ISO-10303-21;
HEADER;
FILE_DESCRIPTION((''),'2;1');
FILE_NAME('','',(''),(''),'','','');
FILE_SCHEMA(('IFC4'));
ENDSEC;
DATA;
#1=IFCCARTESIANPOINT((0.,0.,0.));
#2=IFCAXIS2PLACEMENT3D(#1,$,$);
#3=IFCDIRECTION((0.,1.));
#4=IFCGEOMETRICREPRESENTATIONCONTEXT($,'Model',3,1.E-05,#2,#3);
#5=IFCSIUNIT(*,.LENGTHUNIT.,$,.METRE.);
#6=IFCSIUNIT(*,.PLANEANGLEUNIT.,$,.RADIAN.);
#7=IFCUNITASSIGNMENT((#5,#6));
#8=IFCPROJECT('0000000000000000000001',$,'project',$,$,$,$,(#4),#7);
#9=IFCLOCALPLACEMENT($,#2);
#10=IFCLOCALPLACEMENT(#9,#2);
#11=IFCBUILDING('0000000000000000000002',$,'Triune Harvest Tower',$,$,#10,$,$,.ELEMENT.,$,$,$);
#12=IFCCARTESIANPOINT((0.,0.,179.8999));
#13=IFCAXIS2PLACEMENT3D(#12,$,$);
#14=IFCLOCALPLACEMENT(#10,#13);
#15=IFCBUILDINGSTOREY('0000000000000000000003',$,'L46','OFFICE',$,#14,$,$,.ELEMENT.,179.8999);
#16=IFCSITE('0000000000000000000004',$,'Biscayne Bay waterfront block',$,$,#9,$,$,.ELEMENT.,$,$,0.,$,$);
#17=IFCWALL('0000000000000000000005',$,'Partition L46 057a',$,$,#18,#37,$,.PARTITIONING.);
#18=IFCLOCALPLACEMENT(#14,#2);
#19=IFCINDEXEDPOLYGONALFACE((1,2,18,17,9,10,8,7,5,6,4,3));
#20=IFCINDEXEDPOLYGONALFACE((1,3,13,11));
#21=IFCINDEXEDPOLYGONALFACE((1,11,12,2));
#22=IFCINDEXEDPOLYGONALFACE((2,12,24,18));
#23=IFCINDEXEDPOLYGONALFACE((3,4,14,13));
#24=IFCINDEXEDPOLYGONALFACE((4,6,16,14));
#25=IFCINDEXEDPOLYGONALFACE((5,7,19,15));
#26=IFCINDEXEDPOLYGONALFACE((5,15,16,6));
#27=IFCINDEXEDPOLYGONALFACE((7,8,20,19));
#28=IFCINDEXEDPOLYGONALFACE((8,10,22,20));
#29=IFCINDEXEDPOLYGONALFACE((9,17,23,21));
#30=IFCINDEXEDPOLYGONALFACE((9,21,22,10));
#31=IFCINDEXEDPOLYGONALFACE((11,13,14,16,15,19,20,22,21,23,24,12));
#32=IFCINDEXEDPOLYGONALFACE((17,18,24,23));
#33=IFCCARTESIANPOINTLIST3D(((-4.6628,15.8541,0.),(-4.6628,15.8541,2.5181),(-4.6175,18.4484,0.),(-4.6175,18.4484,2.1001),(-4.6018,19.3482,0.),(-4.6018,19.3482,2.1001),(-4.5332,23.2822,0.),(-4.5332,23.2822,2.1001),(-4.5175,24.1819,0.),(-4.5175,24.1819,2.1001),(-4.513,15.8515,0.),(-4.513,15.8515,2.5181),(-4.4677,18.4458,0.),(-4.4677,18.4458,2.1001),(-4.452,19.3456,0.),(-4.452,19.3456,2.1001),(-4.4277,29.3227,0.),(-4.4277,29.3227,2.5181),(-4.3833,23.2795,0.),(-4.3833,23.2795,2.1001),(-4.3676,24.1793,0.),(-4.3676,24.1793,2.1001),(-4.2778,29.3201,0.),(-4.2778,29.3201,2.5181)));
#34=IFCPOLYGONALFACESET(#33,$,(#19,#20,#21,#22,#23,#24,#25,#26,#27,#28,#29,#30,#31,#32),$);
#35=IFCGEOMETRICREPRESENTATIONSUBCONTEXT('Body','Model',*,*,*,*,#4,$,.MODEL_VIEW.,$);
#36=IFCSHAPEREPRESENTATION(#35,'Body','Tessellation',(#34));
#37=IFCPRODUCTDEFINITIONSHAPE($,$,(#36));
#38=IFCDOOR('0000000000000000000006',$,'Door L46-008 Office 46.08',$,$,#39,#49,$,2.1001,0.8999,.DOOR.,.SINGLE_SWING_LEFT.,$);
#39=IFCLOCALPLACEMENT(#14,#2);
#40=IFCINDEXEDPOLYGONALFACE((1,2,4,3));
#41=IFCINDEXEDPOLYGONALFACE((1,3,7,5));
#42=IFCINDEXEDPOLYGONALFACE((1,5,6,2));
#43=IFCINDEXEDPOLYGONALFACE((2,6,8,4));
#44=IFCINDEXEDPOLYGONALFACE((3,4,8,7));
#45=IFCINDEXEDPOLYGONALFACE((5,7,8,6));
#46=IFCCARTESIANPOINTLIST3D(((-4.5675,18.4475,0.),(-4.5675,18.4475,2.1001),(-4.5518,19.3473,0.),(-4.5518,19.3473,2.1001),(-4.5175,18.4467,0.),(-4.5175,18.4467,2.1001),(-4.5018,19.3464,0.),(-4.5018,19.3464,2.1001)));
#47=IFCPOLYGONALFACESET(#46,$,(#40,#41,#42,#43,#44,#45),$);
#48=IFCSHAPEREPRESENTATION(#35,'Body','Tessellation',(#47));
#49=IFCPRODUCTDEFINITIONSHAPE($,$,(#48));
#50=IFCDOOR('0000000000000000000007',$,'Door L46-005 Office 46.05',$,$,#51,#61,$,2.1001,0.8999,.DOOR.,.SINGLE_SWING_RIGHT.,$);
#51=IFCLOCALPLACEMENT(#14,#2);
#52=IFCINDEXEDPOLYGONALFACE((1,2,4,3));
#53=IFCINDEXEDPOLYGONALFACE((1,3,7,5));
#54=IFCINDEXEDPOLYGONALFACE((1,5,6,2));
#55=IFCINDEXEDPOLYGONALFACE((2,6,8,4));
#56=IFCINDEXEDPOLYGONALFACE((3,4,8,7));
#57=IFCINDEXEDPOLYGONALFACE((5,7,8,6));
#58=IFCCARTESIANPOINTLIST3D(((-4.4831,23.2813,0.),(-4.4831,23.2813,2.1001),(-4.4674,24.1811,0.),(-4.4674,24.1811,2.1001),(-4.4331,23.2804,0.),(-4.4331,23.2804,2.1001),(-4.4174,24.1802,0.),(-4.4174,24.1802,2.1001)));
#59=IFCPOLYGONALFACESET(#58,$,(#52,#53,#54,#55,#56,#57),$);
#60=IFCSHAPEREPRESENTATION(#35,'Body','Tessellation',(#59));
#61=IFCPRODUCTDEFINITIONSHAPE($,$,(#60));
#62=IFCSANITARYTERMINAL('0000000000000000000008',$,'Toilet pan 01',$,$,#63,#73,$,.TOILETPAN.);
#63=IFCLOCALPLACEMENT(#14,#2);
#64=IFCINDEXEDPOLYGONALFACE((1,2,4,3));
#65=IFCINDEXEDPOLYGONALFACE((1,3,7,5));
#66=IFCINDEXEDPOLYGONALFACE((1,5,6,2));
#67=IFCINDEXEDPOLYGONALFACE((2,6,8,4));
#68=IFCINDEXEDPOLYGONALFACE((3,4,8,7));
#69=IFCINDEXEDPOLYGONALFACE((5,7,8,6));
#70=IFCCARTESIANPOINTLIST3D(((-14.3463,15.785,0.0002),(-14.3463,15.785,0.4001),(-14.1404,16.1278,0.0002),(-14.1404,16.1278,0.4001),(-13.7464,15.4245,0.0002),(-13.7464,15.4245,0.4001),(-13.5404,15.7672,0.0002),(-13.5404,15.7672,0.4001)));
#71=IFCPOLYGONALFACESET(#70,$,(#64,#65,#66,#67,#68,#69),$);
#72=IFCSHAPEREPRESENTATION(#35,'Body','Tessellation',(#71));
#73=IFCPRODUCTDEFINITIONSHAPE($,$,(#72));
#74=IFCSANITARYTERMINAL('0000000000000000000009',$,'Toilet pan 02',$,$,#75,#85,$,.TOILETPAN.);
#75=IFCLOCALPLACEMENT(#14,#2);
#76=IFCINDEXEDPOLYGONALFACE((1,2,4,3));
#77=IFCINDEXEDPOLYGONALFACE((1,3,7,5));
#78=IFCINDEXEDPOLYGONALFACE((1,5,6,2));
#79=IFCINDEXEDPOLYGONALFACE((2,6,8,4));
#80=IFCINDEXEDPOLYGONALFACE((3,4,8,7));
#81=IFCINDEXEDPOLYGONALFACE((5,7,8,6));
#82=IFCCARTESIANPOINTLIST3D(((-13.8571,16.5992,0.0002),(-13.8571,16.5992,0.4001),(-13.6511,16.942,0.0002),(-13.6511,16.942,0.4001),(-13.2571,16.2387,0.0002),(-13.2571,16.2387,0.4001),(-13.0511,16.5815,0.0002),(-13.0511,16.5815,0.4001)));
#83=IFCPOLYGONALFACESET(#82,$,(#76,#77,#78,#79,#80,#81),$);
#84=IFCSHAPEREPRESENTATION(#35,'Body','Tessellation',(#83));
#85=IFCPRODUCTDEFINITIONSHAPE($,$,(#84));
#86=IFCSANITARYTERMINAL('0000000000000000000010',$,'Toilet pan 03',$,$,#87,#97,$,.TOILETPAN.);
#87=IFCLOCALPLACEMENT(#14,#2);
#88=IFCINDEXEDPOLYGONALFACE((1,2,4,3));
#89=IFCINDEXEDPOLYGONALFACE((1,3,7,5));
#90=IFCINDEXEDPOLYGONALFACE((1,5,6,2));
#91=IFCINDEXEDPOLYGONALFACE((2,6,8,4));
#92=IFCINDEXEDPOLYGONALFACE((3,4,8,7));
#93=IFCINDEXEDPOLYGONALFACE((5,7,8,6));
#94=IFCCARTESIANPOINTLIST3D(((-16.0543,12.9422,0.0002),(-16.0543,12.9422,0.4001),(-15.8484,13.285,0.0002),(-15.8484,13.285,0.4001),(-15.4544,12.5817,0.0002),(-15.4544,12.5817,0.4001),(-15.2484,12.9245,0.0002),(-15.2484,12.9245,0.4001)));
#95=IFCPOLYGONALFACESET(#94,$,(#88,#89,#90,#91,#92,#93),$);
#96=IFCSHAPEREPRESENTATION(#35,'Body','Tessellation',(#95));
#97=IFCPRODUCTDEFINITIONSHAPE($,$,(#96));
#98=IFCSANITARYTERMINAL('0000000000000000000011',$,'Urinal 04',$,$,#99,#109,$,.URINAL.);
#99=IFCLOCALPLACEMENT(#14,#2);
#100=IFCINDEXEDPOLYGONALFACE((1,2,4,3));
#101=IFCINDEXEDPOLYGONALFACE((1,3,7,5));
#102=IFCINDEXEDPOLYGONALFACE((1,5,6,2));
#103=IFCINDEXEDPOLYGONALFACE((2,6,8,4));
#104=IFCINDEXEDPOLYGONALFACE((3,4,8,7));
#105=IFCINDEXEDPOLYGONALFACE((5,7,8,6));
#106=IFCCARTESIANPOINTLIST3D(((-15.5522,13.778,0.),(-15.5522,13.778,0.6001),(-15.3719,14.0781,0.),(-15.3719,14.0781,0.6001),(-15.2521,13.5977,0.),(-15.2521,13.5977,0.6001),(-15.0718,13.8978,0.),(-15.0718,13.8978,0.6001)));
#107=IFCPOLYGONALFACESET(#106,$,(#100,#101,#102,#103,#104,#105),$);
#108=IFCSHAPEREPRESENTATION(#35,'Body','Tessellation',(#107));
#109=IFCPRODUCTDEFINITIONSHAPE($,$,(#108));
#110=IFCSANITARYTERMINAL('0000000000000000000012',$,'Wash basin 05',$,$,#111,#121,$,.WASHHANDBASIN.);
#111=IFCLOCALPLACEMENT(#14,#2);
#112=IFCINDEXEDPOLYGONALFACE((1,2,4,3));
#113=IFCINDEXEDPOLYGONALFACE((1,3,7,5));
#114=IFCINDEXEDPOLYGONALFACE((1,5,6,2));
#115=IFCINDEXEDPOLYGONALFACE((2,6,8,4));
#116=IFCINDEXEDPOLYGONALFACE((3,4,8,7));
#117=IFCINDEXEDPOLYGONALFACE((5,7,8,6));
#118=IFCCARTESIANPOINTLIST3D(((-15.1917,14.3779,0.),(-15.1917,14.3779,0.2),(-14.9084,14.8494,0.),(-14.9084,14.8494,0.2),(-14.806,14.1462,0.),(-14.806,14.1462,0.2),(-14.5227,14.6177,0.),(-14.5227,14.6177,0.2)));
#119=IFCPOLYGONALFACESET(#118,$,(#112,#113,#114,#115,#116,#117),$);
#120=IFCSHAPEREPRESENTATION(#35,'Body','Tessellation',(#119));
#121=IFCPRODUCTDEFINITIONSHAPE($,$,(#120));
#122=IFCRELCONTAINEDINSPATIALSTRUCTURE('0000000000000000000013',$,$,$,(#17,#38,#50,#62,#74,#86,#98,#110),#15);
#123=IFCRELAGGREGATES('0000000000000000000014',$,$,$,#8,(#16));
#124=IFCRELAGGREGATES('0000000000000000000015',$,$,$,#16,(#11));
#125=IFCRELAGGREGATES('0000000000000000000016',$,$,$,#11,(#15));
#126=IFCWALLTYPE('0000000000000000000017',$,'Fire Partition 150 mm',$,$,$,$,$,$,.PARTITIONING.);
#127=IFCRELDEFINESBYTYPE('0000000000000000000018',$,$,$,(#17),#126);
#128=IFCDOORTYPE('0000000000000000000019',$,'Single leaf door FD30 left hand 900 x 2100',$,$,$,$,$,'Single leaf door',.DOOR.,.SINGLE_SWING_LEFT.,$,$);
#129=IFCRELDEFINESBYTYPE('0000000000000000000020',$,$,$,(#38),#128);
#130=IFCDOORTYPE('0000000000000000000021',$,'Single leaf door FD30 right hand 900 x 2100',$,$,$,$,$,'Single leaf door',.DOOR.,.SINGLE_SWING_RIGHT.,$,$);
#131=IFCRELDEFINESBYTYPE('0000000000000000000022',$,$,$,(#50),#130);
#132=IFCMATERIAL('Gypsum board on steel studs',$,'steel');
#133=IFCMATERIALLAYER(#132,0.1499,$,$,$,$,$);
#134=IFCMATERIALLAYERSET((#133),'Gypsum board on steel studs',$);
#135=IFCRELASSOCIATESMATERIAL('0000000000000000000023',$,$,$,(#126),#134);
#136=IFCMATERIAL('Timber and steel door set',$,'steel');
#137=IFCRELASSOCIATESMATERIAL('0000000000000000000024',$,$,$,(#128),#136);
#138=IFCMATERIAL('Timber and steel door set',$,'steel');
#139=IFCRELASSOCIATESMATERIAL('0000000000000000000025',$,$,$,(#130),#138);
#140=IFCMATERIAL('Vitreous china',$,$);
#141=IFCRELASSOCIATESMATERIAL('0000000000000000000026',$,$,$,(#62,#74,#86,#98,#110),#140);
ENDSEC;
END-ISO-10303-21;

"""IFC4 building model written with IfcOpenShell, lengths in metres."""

from ifc_helpers import new_model, si_unit, direction, frame, frame_2d, origin, origin_2d, place, context, subcontext, project, spatial, rectangle, extrude, source, transform, mapped, material, layer, layer_set, type_object, element, fill, save


model = new_model("IFC4")

# Units and contexts
model_context = context("Model", 3, precision=1e-05, world=origin(), true_north=direction((0.0, 1.0)))
body_context = subcontext(model_context, "Body", "Model", "MODEL_VIEW")
ifc_project = project(units=[si_unit("LENGTHUNIT", "METRE"), si_unit("PLANEANGLEUNIT", "RADIAN")], contexts=[model_context])

# Site, building, storey
site_placement = place(None, origin())
site = spatial("IfcSite", under=ifc_project, at=site_placement, Name="Biscayne Bay waterfront block", CompositionType="ELEMENT", RefElevation=0.0)
building_placement = place(site_placement, origin())
building = spatial("IfcBuilding", under=site, at=building_placement, Name="Triune Harvest Tower", CompositionType="ELEMENT")
storey_placement = place(building_placement, frame((0.0, 0.0, 179.8999)))
storey = spatial("IfcBuildingStorey", under=building, at=storey_placement, Name="L46", Description="OFFICE", CompositionType="ELEMENT", Elevation=179.8999)

# Shared definitions
ifc_material_1 = material(Name="Gypsum board on steel studs", Category="steel")
ifc_layer_1 = layer(ifc_material_1, 0.1499)
ifc_layer_set_1 = layer_set([ifc_layer_1], Name="Gypsum board on steel studs")
wall_type_1 = type_object("IfcWallType", Name="Fire Partition 150 mm", PredefinedType="PARTITIONING", material=ifc_layer_set_1)

# Wall, openings, doors
shared_shape_1 = source(origin(), body_context, "Body", "SweptSolid", [
    extrude(rectangle(XDim=13.4707, YDim=0.1499, at=frame_2d((6.7354, 0.0))), origin(), (0.0, 0.0, 1.0), 2.5181),
])
wall_1_placement = place(storey_placement, frame((-4.5879, 15.8528, 0.0), z_axis=(0.0, 0.0, 1.0), x_axis=(0.017453, 0.999848, 0.0)))
wall_1 = element("IfcWall", 1, at=wall_1_placement, inside=storey, type_object=wall_type_1, Name="Partition L46 057a", PredefinedType="PARTITIONING", context=body_context, shape_type="MappedRepresentation", body=[
    mapped(shared_shape_1, transform((0.0, 0.0, 0.0), scale=1.0)),
])
opening_1_placement = place(wall_1_placement, frame((7.4292, 0.0, 0.0)))
opening_1 = element("IfcOpeningElement", 2, at=opening_1_placement, cuts=wall_1, PredefinedType="OPENING", context=body_context, shape_type="SweptSolid", body=[
    extrude(rectangle(XDim=0.8999, YDim=2.1001, at=frame_2d((0.45, 1.05))), frame((0.0, 0.085, 0.0), z_axis=(0.0, -1.0, 0.0), x_axis=(1.0, 0.0, 0.0)), (0.0, 0.0, 1.0), 0.1699),
])
opening_2_placement = place(wall_1_placement, frame((2.5947, 0.0, 0.0)))
opening_2 = element("IfcOpeningElement", 3, at=opening_2_placement, cuts=wall_1, PredefinedType="OPENING", context=body_context, shape_type="SweptSolid", body=[
    extrude(rectangle(XDim=0.8999, YDim=2.1001, at=frame_2d((0.45, 1.05))), frame((0.0, 0.085, 0.0), z_axis=(0.0, -1.0, 0.0), x_axis=(1.0, 0.0, 0.0)), (0.0, 0.0, 1.0), 0.1699),
])
ifc_material_2 = material(Name="Timber and steel door set", Category="steel")
door_type_1 = type_object("IfcDoorType", Name="Single leaf door FD30 left hand 900 x 2100", ElementType="Single leaf door", OperationType="SINGLE_SWING_LEFT", PredefinedType="DOOR", material=ifc_material_2)
door_1_placement = place(opening_2_placement, origin())
door_1 = element("IfcDoor", 4, at=door_1_placement, inside=storey, type_object=door_type_1, Name="Door L46-008 Office 46.08", OperationType="SINGLE_SWING_LEFT", OverallHeight=2.1001, OverallWidth=0.8999, PredefinedType="DOOR", context=body_context, shape_type="SweptSolid", body=[
    extrude(rectangle(XDim=0.8999, YDim=2.1001, at=frame_2d((0.45, 1.05))), frame((0.0, 0.0249, 0.0), z_axis=(0.0, -1.0, 0.0), x_axis=(1.0, 0.0, 0.0)), (0.0, 0.0, 1.0), 0.05),
])
fill(opening_2, door_1)
ifc_material_3 = material(Name="Timber and steel door set", Category="steel")
door_type_2 = type_object("IfcDoorType", Name="Single leaf door FD30 right hand 900 x 2100", ElementType="Single leaf door", OperationType="SINGLE_SWING_RIGHT", PredefinedType="DOOR", material=ifc_material_3)
door_2_placement = place(opening_1_placement, origin())
door_2 = element("IfcDoor", 5, at=door_2_placement, inside=storey, type_object=door_type_2, Name="Door L46-005 Office 46.05", OperationType="SINGLE_SWING_RIGHT", OverallHeight=2.1001, OverallWidth=0.8999, PredefinedType="DOOR", context=body_context, shape_type="SweptSolid", body=[
    extrude(rectangle(XDim=0.8999, YDim=2.1001, at=frame_2d((0.45, 1.05))), frame((0.0, 0.0249, 0.0), z_axis=(0.0, -1.0, 0.0), x_axis=(1.0, 0.0, 0.0)), (0.0, 0.0, 1.0), 0.05),
])
fill(opening_1, door_2)

# Sanitary terminals
ifc_material_4 = material(Name="Vitreous china")
shared_shape_2 = source(origin(), body_context, "Body", "SweptSolid", [
    extrude(rectangle(XDim=0.3999, YDim=0.7, at=origin_2d()), origin(), (0.0, 0.0, 1.0), 0.3999),
])
for number, where, z_axis, x_axis, name in (
    (6, (-13.9434, 15.7761, 0.0002), (0.0, 0.0, 1.0), (0.515068, 0.857149, 0.0), "Toilet pan 01"),
    (7, (-13.4541, 16.5903, 0.0002), (0.0, 0.0, 1.0), (0.515068, 0.857149, 0.0), "Toilet pan 02"),
    (8, (-15.6514, 12.9333, 0.0002), (0.0, 0.0, 1.0), (0.515038, 0.857167, 0.0), "Toilet pan 03"),
):
    element("IfcSanitaryTerminal", number, at=place(storey_placement, frame(where, z_axis=z_axis, x_axis=x_axis)), inside=storey, material=ifc_material_4, Name=name, PredefinedType="TOILETPAN", context=body_context, shape_type="MappedRepresentation", body=[
        mapped(shared_shape_2, transform((0.0, 0.0, 0.0), scale=1.0)),
    ])
shared_shape_3 = source(origin(), body_context, "Body", "SweptSolid", [
    extrude(rectangle(XDim=0.3501, YDim=0.3501, at=origin_2d()), origin(), (0.0, 0.0, 1.0), 0.6001),
])
sanitary_terminal_1_placement = place(storey_placement, frame((-15.312, 13.8379, 0.0), z_axis=(0.0, 0.0, 1.0), x_axis=(0.515038, 0.857167, 0.0)))
element("IfcSanitaryTerminal", 9, at=sanitary_terminal_1_placement, inside=storey, material=ifc_material_4, Name="Urinal 04", PredefinedType="URINAL", context=body_context, shape_type="MappedRepresentation", body=[
    mapped(shared_shape_3, transform((0.0, 0.0, 0.0), scale=1.0)),
])
shared_shape_4 = source(origin(), body_context, "Body", "SweptSolid", [
    extrude(rectangle(XDim=0.55, YDim=0.45, at=origin_2d()), origin(), (0.0, 0.0, 1.0), 0.2),
])
sanitary_terminal_2_placement = place(storey_placement, frame((-14.8572, 14.4978, 0.0), z_axis=(0.0, 0.0, 1.0), x_axis=(0.515038, 0.857167, 0.0)))
element("IfcSanitaryTerminal", 10, at=sanitary_terminal_2_placement, inside=storey, material=ifc_material_4, Name="Wash basin 05", PredefinedType="WASHHANDBASIN", context=body_context, shape_type="MappedRepresentation", body=[
    mapped(shared_shape_4, transform((0.0, 0.0, 0.0), scale=1.0)),
])

save(model, "model.ifc")
